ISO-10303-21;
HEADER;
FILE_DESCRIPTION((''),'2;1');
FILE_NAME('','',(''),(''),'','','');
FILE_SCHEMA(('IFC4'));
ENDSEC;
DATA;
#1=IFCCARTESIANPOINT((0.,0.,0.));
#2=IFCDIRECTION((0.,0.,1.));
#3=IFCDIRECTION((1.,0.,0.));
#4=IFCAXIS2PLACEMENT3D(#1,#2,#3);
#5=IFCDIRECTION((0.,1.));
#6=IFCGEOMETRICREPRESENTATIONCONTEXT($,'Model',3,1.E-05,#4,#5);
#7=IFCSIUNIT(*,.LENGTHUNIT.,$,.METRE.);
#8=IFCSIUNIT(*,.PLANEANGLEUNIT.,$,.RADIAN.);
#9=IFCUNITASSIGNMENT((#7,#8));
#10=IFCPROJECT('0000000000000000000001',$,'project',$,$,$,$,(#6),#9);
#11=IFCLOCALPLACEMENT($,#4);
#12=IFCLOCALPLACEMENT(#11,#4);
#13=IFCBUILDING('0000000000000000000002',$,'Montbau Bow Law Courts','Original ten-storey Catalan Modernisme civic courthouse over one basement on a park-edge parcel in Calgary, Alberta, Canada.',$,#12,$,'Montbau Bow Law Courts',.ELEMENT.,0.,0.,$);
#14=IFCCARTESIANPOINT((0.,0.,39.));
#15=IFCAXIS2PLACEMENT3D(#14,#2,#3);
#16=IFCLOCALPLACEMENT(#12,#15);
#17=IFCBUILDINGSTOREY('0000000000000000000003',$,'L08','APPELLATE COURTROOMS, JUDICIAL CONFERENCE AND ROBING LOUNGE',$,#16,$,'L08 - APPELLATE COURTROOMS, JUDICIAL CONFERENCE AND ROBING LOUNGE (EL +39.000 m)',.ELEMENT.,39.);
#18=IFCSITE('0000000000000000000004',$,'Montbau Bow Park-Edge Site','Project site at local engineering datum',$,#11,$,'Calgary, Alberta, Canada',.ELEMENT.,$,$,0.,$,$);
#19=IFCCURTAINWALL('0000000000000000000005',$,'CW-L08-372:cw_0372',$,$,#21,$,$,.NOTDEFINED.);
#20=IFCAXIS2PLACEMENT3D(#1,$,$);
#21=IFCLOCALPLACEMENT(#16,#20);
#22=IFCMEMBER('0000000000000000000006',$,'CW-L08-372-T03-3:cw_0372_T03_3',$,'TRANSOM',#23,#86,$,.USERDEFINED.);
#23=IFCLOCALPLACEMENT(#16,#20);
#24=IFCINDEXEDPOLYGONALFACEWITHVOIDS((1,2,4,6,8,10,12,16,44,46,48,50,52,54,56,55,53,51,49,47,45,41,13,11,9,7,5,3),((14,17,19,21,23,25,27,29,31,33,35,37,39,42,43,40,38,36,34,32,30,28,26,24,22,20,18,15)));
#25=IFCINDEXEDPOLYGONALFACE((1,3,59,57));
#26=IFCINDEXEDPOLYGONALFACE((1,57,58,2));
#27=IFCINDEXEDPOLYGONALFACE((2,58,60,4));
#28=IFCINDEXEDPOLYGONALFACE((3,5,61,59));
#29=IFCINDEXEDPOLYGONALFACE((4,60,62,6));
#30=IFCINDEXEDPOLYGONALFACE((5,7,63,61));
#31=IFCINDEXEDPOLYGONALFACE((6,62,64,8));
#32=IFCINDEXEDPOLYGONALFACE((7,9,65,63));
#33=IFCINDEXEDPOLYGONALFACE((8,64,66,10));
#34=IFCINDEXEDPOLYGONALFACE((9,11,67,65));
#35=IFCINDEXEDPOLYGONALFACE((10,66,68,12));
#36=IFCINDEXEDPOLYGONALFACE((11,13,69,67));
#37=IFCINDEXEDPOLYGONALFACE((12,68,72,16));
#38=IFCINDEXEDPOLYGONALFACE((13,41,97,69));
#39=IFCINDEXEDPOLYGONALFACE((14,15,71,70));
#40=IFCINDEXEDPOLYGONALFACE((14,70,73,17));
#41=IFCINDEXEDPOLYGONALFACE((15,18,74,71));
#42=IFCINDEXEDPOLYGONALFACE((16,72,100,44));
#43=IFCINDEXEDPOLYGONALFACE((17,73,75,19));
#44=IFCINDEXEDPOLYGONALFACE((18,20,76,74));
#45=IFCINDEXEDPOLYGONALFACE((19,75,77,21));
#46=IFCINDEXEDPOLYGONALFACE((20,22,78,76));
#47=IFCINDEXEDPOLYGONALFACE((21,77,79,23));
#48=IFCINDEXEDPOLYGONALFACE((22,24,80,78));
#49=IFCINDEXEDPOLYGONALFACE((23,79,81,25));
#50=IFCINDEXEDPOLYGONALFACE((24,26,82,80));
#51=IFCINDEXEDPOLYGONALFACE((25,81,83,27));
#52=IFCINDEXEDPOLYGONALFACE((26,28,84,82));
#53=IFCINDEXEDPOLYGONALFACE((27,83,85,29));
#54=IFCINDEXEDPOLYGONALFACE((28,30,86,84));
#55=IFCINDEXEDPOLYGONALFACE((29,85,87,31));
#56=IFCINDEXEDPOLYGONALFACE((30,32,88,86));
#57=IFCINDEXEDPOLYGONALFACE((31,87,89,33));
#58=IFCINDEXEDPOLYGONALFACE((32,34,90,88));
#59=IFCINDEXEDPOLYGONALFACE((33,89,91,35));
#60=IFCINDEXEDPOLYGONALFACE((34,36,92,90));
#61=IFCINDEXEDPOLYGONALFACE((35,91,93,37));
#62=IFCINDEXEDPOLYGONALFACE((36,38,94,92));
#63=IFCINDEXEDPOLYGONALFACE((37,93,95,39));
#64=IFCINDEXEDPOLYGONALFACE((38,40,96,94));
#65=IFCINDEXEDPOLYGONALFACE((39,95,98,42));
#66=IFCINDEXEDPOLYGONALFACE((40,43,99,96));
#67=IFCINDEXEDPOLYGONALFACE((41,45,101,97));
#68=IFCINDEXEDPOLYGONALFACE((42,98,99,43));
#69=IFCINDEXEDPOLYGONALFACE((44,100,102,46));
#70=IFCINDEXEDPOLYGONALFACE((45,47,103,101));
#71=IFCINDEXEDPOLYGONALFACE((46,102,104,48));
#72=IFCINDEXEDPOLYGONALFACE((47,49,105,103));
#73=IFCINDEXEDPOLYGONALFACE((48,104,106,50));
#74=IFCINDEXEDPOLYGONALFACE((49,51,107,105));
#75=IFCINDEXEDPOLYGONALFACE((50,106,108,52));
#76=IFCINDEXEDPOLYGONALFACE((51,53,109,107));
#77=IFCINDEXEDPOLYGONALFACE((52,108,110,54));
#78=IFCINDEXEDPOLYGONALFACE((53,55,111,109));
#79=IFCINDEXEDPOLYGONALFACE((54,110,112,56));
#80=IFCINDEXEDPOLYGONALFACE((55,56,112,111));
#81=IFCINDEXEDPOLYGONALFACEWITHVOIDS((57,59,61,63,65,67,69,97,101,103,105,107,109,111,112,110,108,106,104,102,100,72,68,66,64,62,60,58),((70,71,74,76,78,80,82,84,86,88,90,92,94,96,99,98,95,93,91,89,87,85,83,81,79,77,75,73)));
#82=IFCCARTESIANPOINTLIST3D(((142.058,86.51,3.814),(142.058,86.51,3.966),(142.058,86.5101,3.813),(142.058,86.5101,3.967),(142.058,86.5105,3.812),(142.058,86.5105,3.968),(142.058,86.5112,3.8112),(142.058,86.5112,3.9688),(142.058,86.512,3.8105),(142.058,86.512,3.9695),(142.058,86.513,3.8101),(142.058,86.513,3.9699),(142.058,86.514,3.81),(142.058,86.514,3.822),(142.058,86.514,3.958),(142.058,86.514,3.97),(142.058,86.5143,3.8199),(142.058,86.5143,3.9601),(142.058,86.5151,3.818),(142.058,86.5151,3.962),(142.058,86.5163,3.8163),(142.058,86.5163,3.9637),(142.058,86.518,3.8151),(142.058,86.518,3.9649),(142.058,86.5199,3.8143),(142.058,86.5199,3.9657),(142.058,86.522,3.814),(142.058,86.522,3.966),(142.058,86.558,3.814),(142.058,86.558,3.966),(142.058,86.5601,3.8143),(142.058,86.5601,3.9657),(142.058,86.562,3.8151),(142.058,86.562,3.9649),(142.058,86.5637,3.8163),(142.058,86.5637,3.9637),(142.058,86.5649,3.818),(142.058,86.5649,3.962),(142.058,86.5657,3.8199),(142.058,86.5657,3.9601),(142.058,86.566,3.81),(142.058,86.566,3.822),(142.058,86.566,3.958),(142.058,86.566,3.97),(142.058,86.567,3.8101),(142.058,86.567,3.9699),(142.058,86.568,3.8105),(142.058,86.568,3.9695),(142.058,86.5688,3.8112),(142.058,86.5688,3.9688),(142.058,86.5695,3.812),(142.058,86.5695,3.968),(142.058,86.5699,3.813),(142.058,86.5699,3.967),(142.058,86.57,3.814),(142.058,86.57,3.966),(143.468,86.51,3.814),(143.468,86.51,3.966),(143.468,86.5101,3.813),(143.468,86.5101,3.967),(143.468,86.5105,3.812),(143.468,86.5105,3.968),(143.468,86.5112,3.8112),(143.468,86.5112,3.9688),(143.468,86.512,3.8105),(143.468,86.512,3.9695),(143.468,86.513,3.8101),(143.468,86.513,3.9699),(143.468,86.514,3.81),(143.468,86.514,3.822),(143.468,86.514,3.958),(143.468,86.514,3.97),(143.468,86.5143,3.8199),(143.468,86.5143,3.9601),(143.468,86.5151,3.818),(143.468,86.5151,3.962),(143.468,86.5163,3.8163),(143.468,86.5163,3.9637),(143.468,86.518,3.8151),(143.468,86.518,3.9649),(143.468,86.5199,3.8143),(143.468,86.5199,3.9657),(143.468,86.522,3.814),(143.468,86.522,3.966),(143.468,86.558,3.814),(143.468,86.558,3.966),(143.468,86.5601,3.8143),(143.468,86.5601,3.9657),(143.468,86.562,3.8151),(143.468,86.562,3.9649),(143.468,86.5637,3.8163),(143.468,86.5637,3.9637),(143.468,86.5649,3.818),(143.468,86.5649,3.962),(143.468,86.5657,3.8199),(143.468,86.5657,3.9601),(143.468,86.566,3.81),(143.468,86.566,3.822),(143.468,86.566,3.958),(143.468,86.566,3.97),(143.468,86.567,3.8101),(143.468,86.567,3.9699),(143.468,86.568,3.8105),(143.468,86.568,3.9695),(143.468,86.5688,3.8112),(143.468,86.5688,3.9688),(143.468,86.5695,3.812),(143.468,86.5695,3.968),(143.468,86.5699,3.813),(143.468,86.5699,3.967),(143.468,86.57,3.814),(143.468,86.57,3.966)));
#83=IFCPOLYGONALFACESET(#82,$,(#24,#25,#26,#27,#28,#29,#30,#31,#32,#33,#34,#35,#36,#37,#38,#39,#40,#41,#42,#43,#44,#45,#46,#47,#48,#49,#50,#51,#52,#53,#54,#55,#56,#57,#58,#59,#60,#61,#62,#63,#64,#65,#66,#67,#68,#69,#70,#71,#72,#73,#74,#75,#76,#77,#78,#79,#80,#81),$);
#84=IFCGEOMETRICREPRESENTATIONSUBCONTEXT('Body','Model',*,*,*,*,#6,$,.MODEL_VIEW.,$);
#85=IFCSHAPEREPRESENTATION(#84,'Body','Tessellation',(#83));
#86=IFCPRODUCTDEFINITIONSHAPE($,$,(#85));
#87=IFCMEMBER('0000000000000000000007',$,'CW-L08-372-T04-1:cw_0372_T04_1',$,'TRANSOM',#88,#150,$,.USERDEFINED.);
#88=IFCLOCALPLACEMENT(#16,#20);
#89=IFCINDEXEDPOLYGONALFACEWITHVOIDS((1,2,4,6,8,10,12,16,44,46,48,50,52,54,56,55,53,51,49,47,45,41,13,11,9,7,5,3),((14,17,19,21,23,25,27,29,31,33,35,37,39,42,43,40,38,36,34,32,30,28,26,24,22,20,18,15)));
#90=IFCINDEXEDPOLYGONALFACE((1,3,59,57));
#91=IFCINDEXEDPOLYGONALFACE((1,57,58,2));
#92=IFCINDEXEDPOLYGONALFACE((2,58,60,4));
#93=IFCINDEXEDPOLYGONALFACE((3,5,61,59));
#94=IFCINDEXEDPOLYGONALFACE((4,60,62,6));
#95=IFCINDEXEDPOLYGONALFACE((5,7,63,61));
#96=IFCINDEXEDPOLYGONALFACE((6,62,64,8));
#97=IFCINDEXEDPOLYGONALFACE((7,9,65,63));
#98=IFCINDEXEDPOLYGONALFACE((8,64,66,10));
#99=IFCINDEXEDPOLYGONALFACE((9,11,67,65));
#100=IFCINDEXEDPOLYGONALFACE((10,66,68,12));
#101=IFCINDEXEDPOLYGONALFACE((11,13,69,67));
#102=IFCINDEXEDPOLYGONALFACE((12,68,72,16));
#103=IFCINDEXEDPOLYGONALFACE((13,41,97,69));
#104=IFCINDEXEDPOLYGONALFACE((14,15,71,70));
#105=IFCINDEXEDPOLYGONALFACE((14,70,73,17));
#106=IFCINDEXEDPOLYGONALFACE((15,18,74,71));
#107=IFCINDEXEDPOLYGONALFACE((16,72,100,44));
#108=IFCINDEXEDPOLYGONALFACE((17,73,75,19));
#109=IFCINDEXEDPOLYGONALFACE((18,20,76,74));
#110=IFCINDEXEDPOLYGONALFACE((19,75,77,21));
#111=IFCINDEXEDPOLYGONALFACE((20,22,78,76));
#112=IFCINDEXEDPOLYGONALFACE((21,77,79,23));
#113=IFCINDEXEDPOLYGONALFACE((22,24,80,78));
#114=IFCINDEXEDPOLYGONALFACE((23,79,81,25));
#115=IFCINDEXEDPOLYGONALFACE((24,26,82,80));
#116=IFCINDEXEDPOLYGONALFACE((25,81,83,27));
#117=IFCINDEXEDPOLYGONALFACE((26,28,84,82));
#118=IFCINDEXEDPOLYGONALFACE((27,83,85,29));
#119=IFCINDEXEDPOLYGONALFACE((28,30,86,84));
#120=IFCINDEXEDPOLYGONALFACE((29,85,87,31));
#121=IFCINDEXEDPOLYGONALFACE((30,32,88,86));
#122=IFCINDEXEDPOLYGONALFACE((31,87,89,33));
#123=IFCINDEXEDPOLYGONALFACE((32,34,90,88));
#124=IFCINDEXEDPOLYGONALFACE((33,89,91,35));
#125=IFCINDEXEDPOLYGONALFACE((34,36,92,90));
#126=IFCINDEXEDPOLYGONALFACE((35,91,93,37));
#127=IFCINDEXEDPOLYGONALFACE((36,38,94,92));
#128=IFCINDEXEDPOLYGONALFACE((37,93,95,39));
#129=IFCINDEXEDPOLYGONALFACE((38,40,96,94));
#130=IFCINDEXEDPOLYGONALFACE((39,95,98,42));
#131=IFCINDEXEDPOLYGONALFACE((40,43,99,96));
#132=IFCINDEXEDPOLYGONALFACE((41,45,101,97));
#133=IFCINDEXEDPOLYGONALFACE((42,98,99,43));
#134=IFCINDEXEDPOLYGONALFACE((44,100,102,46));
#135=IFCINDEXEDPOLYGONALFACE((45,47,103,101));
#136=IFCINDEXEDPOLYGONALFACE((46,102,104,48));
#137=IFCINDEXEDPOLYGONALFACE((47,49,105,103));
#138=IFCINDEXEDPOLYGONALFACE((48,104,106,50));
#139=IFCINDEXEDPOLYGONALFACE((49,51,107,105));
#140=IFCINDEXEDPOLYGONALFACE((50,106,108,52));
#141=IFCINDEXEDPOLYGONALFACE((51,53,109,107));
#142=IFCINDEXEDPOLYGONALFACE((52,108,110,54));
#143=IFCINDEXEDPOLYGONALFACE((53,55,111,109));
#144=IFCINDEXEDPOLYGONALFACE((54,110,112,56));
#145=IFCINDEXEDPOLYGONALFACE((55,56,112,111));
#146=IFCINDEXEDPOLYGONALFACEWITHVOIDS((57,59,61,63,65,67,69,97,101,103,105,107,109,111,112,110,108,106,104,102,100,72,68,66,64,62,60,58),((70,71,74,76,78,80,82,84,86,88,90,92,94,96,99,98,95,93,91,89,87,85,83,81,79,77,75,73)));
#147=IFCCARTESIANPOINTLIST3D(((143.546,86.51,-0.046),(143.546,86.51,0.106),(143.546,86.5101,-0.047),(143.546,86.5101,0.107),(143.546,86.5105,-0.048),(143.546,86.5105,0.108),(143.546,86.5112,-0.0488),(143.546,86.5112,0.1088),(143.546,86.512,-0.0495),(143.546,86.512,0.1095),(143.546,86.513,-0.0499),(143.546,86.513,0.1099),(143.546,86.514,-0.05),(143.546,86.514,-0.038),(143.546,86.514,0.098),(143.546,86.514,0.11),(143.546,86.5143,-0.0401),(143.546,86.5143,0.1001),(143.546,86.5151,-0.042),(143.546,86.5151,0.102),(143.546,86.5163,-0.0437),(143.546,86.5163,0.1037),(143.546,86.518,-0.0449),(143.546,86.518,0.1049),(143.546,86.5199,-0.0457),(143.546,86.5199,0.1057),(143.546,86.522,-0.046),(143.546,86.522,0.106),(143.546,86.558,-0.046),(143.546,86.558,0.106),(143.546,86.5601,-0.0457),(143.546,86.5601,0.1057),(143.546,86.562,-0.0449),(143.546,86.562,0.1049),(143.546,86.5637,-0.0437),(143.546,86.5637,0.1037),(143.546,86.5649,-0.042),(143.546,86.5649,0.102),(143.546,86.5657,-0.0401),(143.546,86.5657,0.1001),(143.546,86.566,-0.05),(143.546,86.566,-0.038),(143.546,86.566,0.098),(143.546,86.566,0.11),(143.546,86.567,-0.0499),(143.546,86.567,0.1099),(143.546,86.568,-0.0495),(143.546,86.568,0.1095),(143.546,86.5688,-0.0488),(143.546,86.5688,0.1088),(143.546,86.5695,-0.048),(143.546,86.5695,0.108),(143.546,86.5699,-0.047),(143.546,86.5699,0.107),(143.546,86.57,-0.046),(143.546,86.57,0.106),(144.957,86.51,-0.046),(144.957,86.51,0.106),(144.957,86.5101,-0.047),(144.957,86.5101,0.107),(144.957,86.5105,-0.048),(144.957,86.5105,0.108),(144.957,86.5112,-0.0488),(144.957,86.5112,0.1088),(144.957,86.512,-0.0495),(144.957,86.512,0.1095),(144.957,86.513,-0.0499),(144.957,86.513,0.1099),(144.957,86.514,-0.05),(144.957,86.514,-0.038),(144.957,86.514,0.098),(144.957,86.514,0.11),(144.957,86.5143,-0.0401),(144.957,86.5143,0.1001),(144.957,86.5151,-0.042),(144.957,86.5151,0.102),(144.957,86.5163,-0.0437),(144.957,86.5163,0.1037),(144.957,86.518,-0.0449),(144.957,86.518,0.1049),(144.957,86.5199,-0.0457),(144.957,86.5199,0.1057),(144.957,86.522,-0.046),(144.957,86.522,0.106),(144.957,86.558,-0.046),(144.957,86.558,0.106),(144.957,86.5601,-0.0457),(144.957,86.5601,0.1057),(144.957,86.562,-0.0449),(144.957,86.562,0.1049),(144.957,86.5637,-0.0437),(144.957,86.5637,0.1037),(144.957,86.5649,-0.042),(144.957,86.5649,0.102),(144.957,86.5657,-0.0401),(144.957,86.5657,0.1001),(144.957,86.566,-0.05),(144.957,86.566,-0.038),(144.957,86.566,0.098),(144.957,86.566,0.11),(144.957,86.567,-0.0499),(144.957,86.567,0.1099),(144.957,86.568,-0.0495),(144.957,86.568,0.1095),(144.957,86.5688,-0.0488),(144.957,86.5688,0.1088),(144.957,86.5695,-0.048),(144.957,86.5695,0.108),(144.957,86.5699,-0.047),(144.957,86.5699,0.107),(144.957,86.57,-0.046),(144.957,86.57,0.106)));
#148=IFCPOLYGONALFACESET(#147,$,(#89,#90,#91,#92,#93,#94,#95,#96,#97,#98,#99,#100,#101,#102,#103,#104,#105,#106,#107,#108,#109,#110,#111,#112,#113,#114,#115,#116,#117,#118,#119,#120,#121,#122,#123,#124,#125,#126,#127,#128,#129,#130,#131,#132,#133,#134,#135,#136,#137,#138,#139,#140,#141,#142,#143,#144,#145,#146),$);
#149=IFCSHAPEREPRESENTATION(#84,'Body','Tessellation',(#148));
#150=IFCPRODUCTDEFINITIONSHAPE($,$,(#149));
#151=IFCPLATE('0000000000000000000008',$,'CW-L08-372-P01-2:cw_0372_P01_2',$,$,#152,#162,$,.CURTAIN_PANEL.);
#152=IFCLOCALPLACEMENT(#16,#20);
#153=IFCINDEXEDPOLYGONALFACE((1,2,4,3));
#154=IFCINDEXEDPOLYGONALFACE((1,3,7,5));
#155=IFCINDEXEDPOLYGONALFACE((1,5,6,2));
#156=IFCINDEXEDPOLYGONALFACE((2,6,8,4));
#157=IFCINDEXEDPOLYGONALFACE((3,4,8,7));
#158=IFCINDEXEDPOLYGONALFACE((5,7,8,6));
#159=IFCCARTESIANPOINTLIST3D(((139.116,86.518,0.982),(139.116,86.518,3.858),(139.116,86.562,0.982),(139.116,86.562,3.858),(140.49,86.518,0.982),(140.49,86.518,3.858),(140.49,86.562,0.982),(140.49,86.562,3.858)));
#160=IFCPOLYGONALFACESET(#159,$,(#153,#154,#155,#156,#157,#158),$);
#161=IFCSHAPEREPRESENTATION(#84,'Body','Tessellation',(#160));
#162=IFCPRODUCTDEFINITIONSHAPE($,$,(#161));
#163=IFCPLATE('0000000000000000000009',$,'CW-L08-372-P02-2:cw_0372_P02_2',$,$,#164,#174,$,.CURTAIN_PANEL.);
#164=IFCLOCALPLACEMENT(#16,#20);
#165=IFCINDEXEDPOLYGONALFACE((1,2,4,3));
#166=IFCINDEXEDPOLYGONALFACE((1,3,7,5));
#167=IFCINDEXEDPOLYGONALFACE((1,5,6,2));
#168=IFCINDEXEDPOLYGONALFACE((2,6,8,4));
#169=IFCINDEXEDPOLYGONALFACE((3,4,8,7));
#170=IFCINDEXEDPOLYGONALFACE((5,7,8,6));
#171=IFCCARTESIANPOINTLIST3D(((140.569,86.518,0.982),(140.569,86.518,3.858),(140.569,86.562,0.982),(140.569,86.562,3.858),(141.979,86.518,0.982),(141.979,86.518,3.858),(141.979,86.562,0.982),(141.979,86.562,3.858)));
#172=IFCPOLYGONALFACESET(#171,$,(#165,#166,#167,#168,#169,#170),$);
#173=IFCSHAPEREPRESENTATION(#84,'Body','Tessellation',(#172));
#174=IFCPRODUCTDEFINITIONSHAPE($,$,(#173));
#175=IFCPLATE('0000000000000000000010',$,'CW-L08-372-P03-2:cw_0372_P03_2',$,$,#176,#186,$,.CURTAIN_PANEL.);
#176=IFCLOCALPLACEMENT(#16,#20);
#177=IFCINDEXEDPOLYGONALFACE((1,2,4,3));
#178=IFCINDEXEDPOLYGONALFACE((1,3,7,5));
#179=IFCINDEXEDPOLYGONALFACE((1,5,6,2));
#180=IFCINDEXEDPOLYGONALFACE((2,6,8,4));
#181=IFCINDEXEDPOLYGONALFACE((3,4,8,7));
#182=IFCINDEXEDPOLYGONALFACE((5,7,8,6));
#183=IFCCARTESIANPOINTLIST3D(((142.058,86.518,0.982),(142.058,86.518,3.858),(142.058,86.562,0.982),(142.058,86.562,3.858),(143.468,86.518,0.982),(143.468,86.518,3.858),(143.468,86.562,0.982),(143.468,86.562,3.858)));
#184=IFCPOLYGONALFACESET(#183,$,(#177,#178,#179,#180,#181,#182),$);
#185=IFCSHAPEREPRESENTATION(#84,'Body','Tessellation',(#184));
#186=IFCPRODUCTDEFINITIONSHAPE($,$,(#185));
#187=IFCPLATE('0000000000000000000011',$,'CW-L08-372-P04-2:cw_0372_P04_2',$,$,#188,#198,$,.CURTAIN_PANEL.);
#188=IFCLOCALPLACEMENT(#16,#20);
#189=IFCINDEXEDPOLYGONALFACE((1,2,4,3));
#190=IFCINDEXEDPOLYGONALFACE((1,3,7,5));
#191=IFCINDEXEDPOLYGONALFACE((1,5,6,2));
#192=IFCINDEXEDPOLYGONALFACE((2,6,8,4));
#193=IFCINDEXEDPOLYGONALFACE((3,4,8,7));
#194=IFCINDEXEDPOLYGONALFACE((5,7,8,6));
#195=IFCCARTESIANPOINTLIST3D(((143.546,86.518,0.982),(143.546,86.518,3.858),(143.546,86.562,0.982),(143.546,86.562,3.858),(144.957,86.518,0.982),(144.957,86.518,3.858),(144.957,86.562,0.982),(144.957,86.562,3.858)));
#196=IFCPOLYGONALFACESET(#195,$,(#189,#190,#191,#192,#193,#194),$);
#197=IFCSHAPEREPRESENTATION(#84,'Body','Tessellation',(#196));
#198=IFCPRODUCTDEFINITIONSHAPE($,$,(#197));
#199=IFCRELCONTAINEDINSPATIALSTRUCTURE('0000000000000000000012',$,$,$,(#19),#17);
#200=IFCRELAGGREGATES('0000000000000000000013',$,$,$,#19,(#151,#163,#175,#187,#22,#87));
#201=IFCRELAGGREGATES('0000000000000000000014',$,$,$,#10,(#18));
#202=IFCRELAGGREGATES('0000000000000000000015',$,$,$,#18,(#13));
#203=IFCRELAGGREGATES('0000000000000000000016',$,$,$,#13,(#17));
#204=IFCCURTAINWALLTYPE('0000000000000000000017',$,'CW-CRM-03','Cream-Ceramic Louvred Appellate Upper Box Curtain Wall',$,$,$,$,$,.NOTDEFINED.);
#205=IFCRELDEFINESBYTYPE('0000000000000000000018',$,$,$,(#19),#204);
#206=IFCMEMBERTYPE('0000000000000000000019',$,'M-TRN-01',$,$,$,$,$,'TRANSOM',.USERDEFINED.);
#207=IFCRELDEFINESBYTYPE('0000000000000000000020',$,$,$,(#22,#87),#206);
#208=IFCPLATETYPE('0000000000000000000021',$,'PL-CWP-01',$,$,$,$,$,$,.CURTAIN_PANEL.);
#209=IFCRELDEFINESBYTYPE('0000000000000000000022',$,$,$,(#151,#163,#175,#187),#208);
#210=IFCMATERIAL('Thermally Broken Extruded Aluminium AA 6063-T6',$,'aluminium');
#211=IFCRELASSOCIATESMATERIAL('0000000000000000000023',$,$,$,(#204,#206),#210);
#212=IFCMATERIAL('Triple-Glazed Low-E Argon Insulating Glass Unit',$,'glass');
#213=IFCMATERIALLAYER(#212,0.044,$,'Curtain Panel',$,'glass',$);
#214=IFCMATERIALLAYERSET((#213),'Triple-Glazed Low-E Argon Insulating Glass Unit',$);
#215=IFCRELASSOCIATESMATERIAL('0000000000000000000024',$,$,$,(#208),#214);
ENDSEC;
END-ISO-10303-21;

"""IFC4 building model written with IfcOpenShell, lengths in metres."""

from ifc_helpers import new_model, si_unit, direction, frame, frame_2d, origin_with_axes, origin_2d_with_axis, place, context, subcontext, project, spatial, rectangle, hollow_rectangle, extrude, material, layer, layer_set, material_profile, profile_set, type_object, element, aggregate, save


model = new_model("IFC4")

# Units and contexts
model_context = context("Model", 3, precision=1e-05, world=origin_with_axes(), true_north=direction((0.0, 1.0)))
body_context = subcontext(model_context, "Body", "Model", "MODEL_VIEW")
ifc_project = project(units=[si_unit("LENGTHUNIT", "METRE"), si_unit("PLANEANGLEUNIT", "RADIAN")], contexts=[model_context])

# Site, building, storey
site_placement = place(None, origin_with_axes())
site = spatial("IfcSite", under=ifc_project, at=site_placement, Name="Montbau Bow Park-Edge Site", Description="Project site at local engineering datum", LongName="Calgary, Alberta, Canada", CompositionType="ELEMENT", RefElevation=0.0)
building_placement = place(site_placement, origin_with_axes())
building = spatial("IfcBuilding", under=site, at=building_placement, Name="Montbau Bow Law Courts", Description="Original ten-storey Catalan Modernisme civic courthouse over one basement on a park-edge parcel in Calgary, Alberta, Canada.", LongName="Montbau Bow Law Courts", CompositionType="ELEMENT", ElevationOfRefHeight=0.0, ElevationOfTerrain=0.0)
storey_placement = place(building_placement, frame((0.0, 0.0, 39.0), z_axis=(0.0, 0.0, 1.0), x_axis=(1.0, 0.0, 0.0)))
storey = spatial("IfcBuildingStorey", under=building, at=storey_placement, Name="L08", Description="APPELLATE COURTROOMS, JUDICIAL CONFERENCE AND ROBING LOUNGE", LongName="L08 - APPELLATE COURTROOMS, JUDICIAL CONFERENCE AND ROBING LOUNGE (EL +39.000 m)", CompositionType="ELEMENT", Elevation=39.0)

# Curtain wall, members, plates
ifc_material_1 = material(Name="Thermally Broken Extruded Aluminium AA 6063-T6", Category="aluminium")
curtain_wall_type = type_object("IfcCurtainWallType", Name="CW-CRM-03", Description="Cream-Ceramic Louvred Appellate Upper Box Curtain Wall", PredefinedType="NOTDEFINED", material=ifc_material_1)
curtain_wall_placement = place(None, frame((139.04, 86.54, 39.0), z_axis=(0.0, 0.0, 1.0), x_axis=(1.0, 0.0, 0.0)))
curtain_wall = element("IfcCurtainWall", 1, at=curtain_wall_placement, inside=storey, type_object=curtain_wall_type, Name="CW-L08-372:cw_0372", PredefinedType="NOTDEFINED")
ifc_material_profile_1 = material_profile(ifc_material_1, hollow_rectangle(XDim=0.06, YDim=0.16, WallThickness=0.004, InnerFilletRadius=0.008, OuterFilletRadius=0.004, at=origin_2d_with_axis()), Name="CWT-160X60", Category="Main", Priority=0)
ifc_profile_set_1 = profile_set([ifc_material_profile_1], Name="Thermally Broken Extruded Aluminium AA 6063-T6")
member_type_1 = type_object("IfcMemberType", Name="M-TRN-01", ElementType="TRANSOM", PredefinedType="USERDEFINED", material=ifc_profile_set_1)
member_1_placement = place(None, frame((142.058, 86.54, 42.89), z_axis=(1.0, 0.0, 0.0), x_axis=(0.0, 1.0, 0.0)))
member_1 = element("IfcMember", 2, at=member_1_placement, type_object=member_type_1, Name="CW-L08-372-T03-3:cw_0372_T03_3", ObjectType="TRANSOM", PredefinedType="USERDEFINED", context=body_context, shape_type="SweptSolid", body=[
    extrude(hollow_rectangle(XDim=0.06, YDim=0.16, WallThickness=0.004, InnerFilletRadius=0.008, OuterFilletRadius=0.004, at=origin_2d_with_axis()), origin_with_axes(), (0.0, 0.0, 1.0), 1.41),
])
member_2_placement = place(None, frame((143.546, 86.54, 39.03), z_axis=(1.0, 0.0, 0.0), x_axis=(0.0, 1.0, 0.0)))
member_2 = element("IfcMember", 3, at=member_2_placement, type_object=member_type_1, Name="CW-L08-372-T04-1:cw_0372_T04_1", ObjectType="TRANSOM", PredefinedType="USERDEFINED", context=body_context, shape_type="SweptSolid", body=[
    extrude(hollow_rectangle(XDim=0.06, YDim=0.16, WallThickness=0.004, InnerFilletRadius=0.008, OuterFilletRadius=0.004, at=origin_2d_with_axis()), origin_with_axes(), (0.0, 0.0, 1.0), 1.411),
])
ifc_material_2 = material(Name="Triple-Glazed Low-E Argon Insulating Glass Unit", Category="glass")
ifc_layer_1 = layer(ifc_material_2, 0.044, Name="Curtain Panel", Category="glass")
ifc_layer_set_1 = layer_set([ifc_layer_1], Name="Triple-Glazed Low-E Argon Insulating Glass Unit")
plate_type_1 = type_object("IfcPlateType", Name="PL-CWP-01", PredefinedType="CURTAIN_PANEL", material=ifc_layer_set_1)
plate_1_placement = place(None, frame((139.116, 86.54, 39.982), z_axis=(0.0, -1.0, 0.0), x_axis=(1.0, 0.0, 0.0)))
plate_1 = element("IfcPlate", 4, at=plate_1_placement, type_object=plate_type_1, Name="CW-L08-372-P01-2:cw_0372_P01_2", PredefinedType="CURTAIN_PANEL", context=body_context, shape_type="SweptSolid", body=[
    extrude(rectangle(XDim=1.374, YDim=2.876, at=frame_2d((0.687, 1.438), x_axis=(1.0, 0.0))), frame((0.0, 0.0, -0.022), z_axis=(0.0, 0.0, 1.0), x_axis=(1.0, 0.0, 0.0)), (0.0, 0.0, 1.0), 0.044),
])
plate_2_placement = place(None, frame((140.569, 86.54, 39.982), z_axis=(0.0, -1.0, 0.0), x_axis=(1.0, 0.0, 0.0)))
plate_2 = element("IfcPlate", 5, at=plate_2_placement, type_object=plate_type_1, Name="CW-L08-372-P02-2:cw_0372_P02_2", PredefinedType="CURTAIN_PANEL", context=body_context, shape_type="SweptSolid", body=[
    extrude(rectangle(XDim=1.41, YDim=2.876, at=frame_2d((0.705, 1.438), x_axis=(1.0, 0.0))), frame((0.0, 0.0, -0.022), z_axis=(0.0, 0.0, 1.0), x_axis=(1.0, 0.0, 0.0)), (0.0, 0.0, 1.0), 0.044),
])
plate_3_placement = place(None, frame((142.058, 86.54, 39.982), z_axis=(0.0, -1.0, 0.0), x_axis=(1.0, 0.0, 0.0)))
plate_3 = element("IfcPlate", 6, at=plate_3_placement, type_object=plate_type_1, Name="CW-L08-372-P03-2:cw_0372_P03_2", PredefinedType="CURTAIN_PANEL", context=body_context, shape_type="SweptSolid", body=[
    extrude(rectangle(XDim=1.41, YDim=2.876, at=frame_2d((0.705, 1.438), x_axis=(1.0, 0.0))), frame((0.0, 0.0, -0.022), z_axis=(0.0, 0.0, 1.0), x_axis=(1.0, 0.0, 0.0)), (0.0, 0.0, 1.0), 0.044),
])
plate_4_placement = place(None, frame((143.546, 86.54, 39.982), z_axis=(0.0, -1.0, 0.0), x_axis=(1.0, 0.0, 0.0)))
plate_4 = element("IfcPlate", 7, at=plate_4_placement, type_object=plate_type_1, Name="CW-L08-372-P04-2:cw_0372_P04_2", PredefinedType="CURTAIN_PANEL", context=body_context, shape_type="SweptSolid", body=[
    extrude(rectangle(XDim=1.411, YDim=2.876, at=frame_2d((0.7055, 1.438), x_axis=(1.0, 0.0))), frame((0.0, 0.0, -0.022), z_axis=(0.0, 0.0, 1.0), x_axis=(1.0, 0.0, 0.0)), (0.0, 0.0, 1.0), 0.044),
])
aggregate(curtain_wall, [plate_1, plate_2, plate_3, plate_4, member_1, member_2])

save(model, "model.ifc")
